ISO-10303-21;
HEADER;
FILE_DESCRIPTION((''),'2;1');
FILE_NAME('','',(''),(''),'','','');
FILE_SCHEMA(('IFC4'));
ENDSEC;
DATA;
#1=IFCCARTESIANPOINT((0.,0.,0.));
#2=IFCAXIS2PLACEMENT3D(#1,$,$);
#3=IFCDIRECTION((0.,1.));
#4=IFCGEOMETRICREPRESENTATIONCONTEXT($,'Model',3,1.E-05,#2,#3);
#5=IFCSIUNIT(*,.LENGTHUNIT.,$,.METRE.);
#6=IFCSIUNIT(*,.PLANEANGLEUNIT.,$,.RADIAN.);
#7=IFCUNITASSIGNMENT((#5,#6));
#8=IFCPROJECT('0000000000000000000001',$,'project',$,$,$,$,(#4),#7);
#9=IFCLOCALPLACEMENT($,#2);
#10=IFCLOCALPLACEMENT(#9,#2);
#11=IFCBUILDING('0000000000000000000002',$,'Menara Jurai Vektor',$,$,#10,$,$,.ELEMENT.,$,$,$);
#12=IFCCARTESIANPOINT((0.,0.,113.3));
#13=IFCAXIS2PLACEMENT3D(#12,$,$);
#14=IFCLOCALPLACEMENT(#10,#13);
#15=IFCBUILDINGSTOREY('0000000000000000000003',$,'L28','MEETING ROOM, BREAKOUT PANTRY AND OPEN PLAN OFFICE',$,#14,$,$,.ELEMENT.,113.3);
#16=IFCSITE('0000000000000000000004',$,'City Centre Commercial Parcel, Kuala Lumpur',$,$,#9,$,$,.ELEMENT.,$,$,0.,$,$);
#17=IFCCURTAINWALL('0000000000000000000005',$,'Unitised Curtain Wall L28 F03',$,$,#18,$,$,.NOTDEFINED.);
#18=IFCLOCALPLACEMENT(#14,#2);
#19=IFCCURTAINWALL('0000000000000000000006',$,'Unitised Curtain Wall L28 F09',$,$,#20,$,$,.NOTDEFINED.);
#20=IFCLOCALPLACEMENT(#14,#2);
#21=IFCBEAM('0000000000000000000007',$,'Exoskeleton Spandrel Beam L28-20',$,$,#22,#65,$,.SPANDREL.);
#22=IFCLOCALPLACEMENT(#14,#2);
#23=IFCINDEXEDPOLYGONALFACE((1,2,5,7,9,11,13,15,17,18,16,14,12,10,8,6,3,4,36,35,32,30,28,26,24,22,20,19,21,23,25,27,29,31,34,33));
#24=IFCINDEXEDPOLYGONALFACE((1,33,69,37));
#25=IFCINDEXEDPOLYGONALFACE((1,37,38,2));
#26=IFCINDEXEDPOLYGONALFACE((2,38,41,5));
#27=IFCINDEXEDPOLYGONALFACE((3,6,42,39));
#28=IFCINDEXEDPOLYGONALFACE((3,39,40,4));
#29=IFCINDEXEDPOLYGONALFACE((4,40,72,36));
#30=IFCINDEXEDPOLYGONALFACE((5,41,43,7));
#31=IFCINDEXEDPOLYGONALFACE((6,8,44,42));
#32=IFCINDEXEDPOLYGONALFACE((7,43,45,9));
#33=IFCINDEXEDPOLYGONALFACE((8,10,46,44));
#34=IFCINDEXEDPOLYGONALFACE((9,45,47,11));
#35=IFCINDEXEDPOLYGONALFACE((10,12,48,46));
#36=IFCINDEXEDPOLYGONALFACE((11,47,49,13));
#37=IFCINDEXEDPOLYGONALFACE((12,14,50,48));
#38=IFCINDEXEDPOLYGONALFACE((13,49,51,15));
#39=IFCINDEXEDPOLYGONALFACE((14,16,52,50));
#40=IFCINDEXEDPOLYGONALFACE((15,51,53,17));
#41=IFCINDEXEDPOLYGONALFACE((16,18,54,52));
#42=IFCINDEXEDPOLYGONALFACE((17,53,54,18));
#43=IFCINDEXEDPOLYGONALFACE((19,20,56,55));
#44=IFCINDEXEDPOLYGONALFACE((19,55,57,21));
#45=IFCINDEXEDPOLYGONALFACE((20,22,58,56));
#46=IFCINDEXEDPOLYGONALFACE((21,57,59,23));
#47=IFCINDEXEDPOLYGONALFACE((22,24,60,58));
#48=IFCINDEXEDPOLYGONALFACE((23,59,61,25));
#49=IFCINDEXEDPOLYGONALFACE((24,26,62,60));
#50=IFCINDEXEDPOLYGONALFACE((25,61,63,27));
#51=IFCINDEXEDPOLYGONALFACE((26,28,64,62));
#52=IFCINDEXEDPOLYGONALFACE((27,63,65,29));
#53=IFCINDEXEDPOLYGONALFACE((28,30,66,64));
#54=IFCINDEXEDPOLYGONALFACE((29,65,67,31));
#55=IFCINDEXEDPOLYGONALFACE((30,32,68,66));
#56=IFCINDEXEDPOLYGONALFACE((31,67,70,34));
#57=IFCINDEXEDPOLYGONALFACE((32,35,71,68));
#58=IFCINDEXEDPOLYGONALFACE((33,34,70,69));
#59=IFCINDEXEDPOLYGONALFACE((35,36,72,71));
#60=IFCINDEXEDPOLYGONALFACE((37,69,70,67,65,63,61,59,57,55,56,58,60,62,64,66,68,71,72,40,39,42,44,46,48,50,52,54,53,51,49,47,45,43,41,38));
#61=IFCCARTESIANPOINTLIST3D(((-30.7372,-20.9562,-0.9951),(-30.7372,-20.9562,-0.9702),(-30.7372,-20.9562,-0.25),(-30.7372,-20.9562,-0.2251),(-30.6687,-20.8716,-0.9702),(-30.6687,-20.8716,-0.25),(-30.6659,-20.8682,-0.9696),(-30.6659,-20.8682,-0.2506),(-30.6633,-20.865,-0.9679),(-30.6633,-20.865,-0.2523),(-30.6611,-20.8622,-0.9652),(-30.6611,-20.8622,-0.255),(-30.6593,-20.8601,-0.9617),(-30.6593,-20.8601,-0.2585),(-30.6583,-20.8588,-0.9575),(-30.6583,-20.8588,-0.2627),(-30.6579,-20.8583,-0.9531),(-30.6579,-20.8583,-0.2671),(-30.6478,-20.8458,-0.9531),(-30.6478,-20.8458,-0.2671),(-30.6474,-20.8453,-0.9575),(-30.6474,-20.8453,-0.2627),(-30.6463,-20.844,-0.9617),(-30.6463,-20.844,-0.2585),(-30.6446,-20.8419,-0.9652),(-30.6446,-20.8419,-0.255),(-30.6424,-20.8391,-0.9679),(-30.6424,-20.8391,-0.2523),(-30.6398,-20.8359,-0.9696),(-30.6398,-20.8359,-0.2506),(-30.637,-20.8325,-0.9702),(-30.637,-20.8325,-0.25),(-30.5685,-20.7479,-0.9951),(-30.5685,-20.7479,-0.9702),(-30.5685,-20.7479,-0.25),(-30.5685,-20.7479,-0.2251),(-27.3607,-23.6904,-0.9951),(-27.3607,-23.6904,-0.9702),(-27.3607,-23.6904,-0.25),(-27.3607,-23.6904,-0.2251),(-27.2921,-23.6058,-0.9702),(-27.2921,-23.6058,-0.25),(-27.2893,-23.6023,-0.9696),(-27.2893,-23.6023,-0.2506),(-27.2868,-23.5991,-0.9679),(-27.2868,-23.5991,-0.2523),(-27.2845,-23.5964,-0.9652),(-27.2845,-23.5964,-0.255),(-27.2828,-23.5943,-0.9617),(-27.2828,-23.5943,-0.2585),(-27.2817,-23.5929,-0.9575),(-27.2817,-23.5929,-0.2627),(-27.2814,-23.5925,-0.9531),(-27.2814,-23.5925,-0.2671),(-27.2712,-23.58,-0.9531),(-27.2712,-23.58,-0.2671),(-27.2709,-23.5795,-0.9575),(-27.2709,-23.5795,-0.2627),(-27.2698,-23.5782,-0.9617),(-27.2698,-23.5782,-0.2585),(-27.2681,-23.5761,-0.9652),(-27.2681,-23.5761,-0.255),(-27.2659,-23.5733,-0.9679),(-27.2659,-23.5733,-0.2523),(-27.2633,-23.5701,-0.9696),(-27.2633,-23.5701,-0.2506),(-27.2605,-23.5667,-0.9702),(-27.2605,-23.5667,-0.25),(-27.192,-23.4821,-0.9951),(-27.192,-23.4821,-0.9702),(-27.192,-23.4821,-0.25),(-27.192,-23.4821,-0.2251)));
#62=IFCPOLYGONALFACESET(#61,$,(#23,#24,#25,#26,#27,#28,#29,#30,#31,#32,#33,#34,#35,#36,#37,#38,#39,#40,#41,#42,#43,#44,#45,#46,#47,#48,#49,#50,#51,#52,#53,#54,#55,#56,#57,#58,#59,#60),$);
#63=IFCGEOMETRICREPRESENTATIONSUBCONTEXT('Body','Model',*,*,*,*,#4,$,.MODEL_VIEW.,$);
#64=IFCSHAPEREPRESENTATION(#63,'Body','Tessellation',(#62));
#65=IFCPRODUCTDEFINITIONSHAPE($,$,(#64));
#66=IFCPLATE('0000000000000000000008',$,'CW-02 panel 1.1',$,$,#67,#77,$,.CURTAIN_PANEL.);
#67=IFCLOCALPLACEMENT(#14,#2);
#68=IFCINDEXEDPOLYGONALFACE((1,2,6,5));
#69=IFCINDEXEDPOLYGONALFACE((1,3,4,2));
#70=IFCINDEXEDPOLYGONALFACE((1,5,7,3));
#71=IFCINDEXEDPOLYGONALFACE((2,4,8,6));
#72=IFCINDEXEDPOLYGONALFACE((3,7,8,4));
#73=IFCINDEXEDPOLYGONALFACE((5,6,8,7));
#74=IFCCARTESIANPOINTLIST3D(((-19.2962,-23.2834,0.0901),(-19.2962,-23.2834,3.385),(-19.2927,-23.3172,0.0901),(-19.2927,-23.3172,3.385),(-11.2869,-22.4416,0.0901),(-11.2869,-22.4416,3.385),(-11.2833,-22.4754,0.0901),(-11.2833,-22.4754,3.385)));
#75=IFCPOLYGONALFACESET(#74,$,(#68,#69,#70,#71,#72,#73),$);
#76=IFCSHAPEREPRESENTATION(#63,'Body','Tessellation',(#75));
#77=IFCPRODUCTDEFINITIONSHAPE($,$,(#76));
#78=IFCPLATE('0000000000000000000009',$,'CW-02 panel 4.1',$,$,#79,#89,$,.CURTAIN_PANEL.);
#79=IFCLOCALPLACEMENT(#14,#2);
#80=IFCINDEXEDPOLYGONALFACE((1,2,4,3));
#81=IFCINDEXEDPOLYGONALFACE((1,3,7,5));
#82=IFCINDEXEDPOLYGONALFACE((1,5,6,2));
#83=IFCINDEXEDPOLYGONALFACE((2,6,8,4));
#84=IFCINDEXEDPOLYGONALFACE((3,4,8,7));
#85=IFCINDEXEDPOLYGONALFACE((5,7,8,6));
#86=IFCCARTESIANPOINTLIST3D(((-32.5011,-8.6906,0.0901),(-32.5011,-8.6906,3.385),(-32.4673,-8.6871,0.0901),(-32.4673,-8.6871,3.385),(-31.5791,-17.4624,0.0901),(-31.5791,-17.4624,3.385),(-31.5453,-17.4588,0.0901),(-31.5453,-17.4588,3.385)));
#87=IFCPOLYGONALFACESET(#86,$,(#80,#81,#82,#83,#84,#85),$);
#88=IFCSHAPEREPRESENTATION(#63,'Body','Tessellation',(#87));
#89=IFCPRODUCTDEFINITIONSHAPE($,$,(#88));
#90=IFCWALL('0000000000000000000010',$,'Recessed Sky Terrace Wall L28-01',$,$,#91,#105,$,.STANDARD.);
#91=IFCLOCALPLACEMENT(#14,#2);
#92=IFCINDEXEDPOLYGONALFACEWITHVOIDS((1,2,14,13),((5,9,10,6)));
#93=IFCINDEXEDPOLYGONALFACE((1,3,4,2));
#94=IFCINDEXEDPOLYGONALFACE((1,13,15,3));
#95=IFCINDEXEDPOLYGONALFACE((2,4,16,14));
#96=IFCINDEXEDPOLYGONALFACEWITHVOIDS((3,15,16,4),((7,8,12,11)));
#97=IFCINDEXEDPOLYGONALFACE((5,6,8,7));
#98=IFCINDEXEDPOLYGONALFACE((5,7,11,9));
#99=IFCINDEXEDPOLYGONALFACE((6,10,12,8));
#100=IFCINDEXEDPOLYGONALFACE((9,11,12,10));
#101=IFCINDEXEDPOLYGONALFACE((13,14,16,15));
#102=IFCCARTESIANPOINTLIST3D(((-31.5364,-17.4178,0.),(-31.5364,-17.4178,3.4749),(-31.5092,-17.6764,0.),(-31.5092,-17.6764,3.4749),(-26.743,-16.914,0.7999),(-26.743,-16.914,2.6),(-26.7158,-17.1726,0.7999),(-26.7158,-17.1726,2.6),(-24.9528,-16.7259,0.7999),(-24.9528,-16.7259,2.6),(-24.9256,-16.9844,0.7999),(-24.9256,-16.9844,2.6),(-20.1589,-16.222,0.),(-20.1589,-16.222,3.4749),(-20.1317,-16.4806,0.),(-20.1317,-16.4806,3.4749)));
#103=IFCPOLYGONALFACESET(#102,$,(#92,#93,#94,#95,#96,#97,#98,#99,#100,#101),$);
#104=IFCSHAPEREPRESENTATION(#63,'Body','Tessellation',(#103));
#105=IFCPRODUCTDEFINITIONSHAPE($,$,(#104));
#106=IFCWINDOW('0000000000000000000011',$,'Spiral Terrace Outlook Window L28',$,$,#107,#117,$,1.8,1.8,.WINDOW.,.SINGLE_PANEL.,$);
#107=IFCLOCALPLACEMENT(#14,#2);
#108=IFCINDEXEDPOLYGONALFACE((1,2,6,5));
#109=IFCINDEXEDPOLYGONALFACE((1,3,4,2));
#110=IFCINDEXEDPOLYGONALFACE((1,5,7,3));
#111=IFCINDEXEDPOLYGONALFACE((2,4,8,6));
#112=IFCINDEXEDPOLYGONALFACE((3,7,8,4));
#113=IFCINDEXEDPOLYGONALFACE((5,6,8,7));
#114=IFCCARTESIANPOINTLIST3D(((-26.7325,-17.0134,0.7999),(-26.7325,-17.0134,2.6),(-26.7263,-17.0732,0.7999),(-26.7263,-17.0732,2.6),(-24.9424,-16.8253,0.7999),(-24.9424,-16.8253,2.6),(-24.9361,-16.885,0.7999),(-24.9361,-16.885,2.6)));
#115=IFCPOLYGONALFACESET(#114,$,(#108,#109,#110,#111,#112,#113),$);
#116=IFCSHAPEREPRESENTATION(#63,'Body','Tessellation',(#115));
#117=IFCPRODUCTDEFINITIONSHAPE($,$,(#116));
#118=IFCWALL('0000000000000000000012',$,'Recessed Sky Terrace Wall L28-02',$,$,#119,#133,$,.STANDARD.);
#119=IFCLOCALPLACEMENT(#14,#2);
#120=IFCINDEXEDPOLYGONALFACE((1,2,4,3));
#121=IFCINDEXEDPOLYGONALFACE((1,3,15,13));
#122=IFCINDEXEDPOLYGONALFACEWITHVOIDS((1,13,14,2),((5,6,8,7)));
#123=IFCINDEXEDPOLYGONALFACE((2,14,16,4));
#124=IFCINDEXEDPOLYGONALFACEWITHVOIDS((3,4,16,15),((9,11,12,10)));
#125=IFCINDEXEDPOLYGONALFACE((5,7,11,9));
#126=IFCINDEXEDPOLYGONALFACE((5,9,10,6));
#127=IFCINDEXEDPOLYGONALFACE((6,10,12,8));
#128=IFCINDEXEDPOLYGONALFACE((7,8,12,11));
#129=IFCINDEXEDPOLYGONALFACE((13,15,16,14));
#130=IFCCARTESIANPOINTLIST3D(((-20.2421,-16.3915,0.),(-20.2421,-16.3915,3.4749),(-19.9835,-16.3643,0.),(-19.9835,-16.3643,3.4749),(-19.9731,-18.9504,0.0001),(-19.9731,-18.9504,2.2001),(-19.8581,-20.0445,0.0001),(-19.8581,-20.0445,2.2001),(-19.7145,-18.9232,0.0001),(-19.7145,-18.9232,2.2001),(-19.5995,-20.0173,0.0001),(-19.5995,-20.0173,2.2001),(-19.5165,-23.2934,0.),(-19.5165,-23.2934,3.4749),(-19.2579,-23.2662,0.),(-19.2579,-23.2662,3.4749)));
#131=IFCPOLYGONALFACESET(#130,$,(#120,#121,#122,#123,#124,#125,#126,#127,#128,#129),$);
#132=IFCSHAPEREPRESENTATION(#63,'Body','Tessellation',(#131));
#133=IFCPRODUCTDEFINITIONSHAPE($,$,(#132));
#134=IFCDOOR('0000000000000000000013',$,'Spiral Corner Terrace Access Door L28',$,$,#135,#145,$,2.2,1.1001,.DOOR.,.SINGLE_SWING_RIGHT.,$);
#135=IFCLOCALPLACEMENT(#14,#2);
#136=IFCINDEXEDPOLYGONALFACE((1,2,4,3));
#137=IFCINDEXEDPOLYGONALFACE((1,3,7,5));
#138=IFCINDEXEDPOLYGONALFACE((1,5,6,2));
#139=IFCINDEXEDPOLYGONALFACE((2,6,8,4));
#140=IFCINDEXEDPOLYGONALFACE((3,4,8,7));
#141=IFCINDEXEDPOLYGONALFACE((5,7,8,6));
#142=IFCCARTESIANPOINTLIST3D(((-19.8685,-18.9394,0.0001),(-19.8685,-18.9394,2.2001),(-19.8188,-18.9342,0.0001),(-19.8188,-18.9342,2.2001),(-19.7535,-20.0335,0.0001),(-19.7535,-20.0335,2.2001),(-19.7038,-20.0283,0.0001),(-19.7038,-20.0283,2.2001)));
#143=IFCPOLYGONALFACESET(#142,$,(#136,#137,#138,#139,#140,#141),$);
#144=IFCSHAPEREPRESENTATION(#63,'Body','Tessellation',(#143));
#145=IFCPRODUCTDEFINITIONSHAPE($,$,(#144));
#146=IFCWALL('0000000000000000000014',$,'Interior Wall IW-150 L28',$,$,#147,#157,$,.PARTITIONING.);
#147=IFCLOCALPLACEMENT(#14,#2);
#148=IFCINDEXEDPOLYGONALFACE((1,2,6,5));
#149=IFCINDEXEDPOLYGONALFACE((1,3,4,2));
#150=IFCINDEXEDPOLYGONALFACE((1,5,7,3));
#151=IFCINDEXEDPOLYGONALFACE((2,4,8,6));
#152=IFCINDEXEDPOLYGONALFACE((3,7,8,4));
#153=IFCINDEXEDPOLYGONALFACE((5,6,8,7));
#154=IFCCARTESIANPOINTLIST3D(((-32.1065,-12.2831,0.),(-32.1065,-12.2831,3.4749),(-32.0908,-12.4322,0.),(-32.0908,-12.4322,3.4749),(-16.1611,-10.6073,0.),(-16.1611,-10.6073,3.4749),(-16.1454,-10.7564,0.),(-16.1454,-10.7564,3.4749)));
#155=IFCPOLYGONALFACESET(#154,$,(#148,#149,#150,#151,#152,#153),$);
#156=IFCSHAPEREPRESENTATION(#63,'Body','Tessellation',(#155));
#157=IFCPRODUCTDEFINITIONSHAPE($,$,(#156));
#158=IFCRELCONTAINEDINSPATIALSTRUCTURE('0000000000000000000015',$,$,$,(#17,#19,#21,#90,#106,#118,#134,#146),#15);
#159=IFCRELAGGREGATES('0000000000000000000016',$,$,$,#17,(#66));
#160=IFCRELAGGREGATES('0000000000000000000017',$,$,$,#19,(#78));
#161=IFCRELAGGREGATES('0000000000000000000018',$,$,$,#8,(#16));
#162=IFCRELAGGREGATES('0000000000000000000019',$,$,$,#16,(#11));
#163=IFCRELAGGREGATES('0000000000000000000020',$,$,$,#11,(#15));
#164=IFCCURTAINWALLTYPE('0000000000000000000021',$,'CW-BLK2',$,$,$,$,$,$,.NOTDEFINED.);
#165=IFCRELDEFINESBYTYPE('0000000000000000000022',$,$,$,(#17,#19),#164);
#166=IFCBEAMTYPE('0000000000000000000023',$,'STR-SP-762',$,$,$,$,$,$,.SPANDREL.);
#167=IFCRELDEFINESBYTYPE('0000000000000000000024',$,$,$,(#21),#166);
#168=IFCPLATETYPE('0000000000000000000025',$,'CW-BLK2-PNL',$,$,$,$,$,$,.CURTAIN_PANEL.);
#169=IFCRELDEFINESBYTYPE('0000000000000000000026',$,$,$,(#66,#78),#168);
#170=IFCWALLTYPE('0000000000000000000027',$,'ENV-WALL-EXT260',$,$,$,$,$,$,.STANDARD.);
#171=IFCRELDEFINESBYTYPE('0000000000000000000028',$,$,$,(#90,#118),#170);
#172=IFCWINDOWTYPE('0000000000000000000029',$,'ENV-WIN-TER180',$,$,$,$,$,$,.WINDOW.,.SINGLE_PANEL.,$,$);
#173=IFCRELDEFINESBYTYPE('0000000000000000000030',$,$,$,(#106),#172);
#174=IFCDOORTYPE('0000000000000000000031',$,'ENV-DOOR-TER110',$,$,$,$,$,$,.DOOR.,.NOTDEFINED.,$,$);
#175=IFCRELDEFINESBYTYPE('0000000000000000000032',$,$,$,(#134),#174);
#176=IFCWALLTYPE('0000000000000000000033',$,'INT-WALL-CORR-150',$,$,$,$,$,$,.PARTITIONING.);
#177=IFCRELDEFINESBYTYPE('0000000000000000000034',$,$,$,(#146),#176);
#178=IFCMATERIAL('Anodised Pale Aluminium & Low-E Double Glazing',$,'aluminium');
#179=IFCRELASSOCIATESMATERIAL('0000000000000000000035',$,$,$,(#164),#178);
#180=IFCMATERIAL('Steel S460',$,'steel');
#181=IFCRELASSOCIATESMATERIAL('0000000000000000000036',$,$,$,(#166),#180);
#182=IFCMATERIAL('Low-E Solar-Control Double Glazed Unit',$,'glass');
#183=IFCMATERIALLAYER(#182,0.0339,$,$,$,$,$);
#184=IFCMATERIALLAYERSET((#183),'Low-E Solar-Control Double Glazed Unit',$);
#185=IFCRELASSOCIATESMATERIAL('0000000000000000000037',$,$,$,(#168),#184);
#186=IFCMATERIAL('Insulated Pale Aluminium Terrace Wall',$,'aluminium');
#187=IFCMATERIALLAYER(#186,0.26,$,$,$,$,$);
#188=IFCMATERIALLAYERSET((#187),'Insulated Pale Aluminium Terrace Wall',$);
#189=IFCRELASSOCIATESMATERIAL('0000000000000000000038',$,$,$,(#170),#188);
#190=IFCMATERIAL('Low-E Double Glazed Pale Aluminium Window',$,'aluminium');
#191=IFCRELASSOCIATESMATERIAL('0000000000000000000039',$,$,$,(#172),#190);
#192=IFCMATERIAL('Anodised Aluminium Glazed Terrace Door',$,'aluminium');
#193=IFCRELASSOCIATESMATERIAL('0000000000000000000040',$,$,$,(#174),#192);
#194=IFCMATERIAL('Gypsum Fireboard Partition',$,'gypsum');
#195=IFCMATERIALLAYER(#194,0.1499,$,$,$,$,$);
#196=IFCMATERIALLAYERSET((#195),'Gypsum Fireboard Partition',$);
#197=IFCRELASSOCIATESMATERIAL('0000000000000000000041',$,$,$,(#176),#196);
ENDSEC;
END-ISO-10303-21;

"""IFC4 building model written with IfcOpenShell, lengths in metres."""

from ifc_helpers import new_model, si_unit, direction, frame, frame_2d, origin, origin_2d, place, context, subcontext, project, spatial, rectangle, i_section, extrude, material, layer, layer_set, material_profile, profile_set, type_object, element, fill, aggregate, save


model = new_model("IFC4")

# Units and contexts
model_context = context("Model", 3, precision=1e-05, world=origin(), true_north=direction((0.0, 1.0)))
body_context = subcontext(model_context, "Body", "Model", "MODEL_VIEW")
ifc_project = project(units=[si_unit("LENGTHUNIT", "METRE"), si_unit("PLANEANGLEUNIT", "RADIAN")], contexts=[model_context])

# Site, building, storey
site_placement = place(None, origin())
site = spatial("IfcSite", under=ifc_project, at=site_placement, Name="City Centre Commercial Parcel, Kuala Lumpur", CompositionType="ELEMENT", RefElevation=0.0)
building_placement = place(site_placement, origin())
building = spatial("IfcBuilding", under=site, at=building_placement, Name="Menara Jurai Vektor", CompositionType="ELEMENT")
storey_placement = place(building_placement, frame((0.0, 0.0, 113.3)))
storey = spatial("IfcBuildingStorey", under=building, at=storey_placement, Name="L28", Description="MEETING ROOM, BREAKOUT PANTRY AND OPEN PLAN OFFICE", CompositionType="ELEMENT", Elevation=113.3)

# Shared definitions
ifc_material_1 = material(Name="Steel S460", Category="steel")

# Curtain walls
ifc_material_2 = material(Name="Anodised Pale Aluminium & Low-E Double Glazing", Category="aluminium")
curtain_wall_type = type_object("IfcCurtainWallType", Name="CW-BLK2", PredefinedType="NOTDEFINED", material=ifc_material_2)
curtain_wall_1_placement = place(storey_placement, origin())
curtain_wall_1 = element("IfcCurtainWall", 1, at=curtain_wall_1_placement, inside=storey, type_object=curtain_wall_type, Name="Unitised Curtain Wall L28 F03", PredefinedType="NOTDEFINED")
curtain_wall_2_placement = place(storey_placement, origin())
curtain_wall_2 = element("IfcCurtainWall", 2, at=curtain_wall_2_placement, inside=storey, type_object=curtain_wall_type, Name="Unitised Curtain Wall L28 F09", PredefinedType="NOTDEFINED")

# Beam
ifc_material_profile_1 = material_profile(ifc_material_1, i_section(OverallWidth=0.2681, OverallDepth=0.77, WebThickness=0.0161, FlangeThickness=0.0249, FilletRadius=0.0171, at=origin_2d()), Name="UKB 762x267x197")
ifc_profile_set_1 = profile_set([ifc_material_profile_1], Name="Steel S460")
beam_type_1 = type_object("IfcBeamType", Name="STR-SP-762", PredefinedType="SPANDREL", material=ifc_profile_set_1)
beam_1_placement = place(storey_placement, frame((-30.6528, -20.8521, -0.6101), z_axis=(0.777155, -0.62931, 0.0), x_axis=(0.62931, 0.777155, 0.0)))
element("IfcBeam", 3, at=beam_1_placement, inside=storey, type_object=beam_type_1, Name="Exoskeleton Spandrel Beam L28-20", PredefinedType="SPANDREL", context=body_context, shape_type="SweptSolid", body=[
    extrude(i_section(OverallWidth=0.2681, OverallDepth=0.77, WebThickness=0.0161, FlangeThickness=0.0249, FilletRadius=0.0171, at=origin_2d()), origin(), (0.0, 0.0, 1.0), 4.3447),
])

# Plates
ifc_material_3 = material(Name="Low-E Solar-Control Double Glazed Unit", Category="glass")
ifc_layer_1 = layer(ifc_material_3, 0.0339)
ifc_layer_set_1 = layer_set([ifc_layer_1], Name="Low-E Solar-Control Double Glazed Unit")
plate_type = type_object("IfcPlateType", Name="CW-BLK2-PNL", PredefinedType="CURTAIN_PANEL", material=ifc_layer_set_1)
plate_1_placement = place(storey_placement, frame((-15.2898, -22.8794, 0.0901), z_axis=(0.0, 0.0, 1.0), x_axis=(0.994522, 0.104529, 0.0)))
plate_1 = element("IfcPlate", 4, at=plate_1_placement, type_object=plate_type, Name="CW-02 panel 1.1", PredefinedType="CURTAIN_PANEL", context=body_context, shape_type="SweptSolid", body=[
    extrude(rectangle(XDim=8.0535, YDim=0.0339, at=origin_2d()), origin(), (0.0, 0.0, 1.0), 3.2949),
])
aggregate(curtain_wall_1, [plate_1])
plate_2_placement = place(storey_placement, frame((-32.0232, -13.0747, 0.0901), z_axis=(0.0, 0.0, 1.0), x_axis=(0.104531, -0.994522, 0.0)))
plate_2 = element("IfcPlate", 5, at=plate_2_placement, type_object=plate_type, Name="CW-02 panel 4.1", PredefinedType="CURTAIN_PANEL", context=body_context, shape_type="SweptSolid", body=[
    extrude(rectangle(XDim=8.8201, YDim=0.0339, at=origin_2d()), origin(), (0.0, 0.0, 1.0), 3.2949),
])
aggregate(curtain_wall_2, [plate_2])

# Wall, opening, window
ifc_material_4 = material(Name="Insulated Pale Aluminium Terrace Wall", Category="aluminium")
ifc_layer_2 = layer(ifc_material_4, 0.26)
ifc_layer_set_2 = layer_set([ifc_layer_2], Name="Insulated Pale Aluminium Terrace Wall")
wall_type_1 = type_object("IfcWallType", Name="ENV-WALL-EXT260", PredefinedType="STANDARD", material=ifc_layer_set_2)
wall_1_placement = place(storey_placement, frame((-31.5229, -17.5471, 0.0), z_axis=(0.0, 0.0, 1.0), x_axis=(0.994522, 0.104527, 0.0)))
wall_1 = element("IfcWall", 6, at=wall_1_placement, inside=storey, type_object=wall_type_1, Name="Recessed Sky Terrace Wall L28-01", PredefinedType="STANDARD", context=body_context, shape_type="SweptSolid", body=[
    extrude(rectangle(XDim=11.4402, YDim=0.26, at=frame_2d((5.7202, 0.0))), origin(), (0.0, 0.0, 1.0), 3.4749),
])
opening_1_placement = place(wall_1_placement, frame((4.8201, 0.0, 0.8)))
opening_1 = element("IfcOpeningElement", 7, at=opening_1_placement, cuts=wall_1, PredefinedType="OPENING", context=body_context, shape_type="SweptSolid", body=[
    extrude(rectangle(XDim=1.8, YDim=1.8, at=frame_2d((0.8999, 0.8999))), frame((0.0, 0.1401, 0.0), z_axis=(0.0, -1.0, 0.0), x_axis=(1.0, 0.0, 0.0)), (0.0, 0.0, 1.0), 0.28),
])
ifc_material_5 = material(Name="Low-E Double Glazed Pale Aluminium Window", Category="aluminium")
window_type = type_object("IfcWindowType", Name="ENV-WIN-TER180", PartitioningType="SINGLE_PANEL", PredefinedType="WINDOW", material=ifc_material_5)
window_placement = place(opening_1_placement, origin())
window = element("IfcWindow", 8, at=window_placement, inside=storey, type_object=window_type, Name="Spiral Terrace Outlook Window L28", OverallHeight=1.8, OverallWidth=1.8, PartitioningType="SINGLE_PANEL", PredefinedType="WINDOW", context=body_context, shape_type="SweptSolid", body=[
    extrude(rectangle(XDim=1.8, YDim=1.8, at=frame_2d((0.8999, 0.8999))), frame((0.0, 0.03, 0.0), z_axis=(0.0, -1.0, 0.0), x_axis=(1.0, 0.0, 0.0)), (0.0, 0.0, 1.0), 0.0601),
])
fill(opening_1, window)

# Wall, opening, door
wall_2_placement = place(storey_placement, frame((-20.1128, -16.3779, 0.0), z_axis=(0.0, 0.0, 1.0), x_axis=(0.104553, -0.994519, 0.0)))
wall_2 = element("IfcWall", 9, at=wall_2_placement, inside=storey, type_object=wall_type_1, Name="Recessed Sky Terrace Wall L28-02", PredefinedType="STANDARD", context=body_context, shape_type="SweptSolid", body=[
    extrude(rectangle(XDim=6.9399, YDim=0.26, at=frame_2d((3.47, 0.0))), origin(), (0.0, 0.0, 1.0), 3.4749),
])
opening_2_placement = place(wall_2_placement, frame((2.573, 0.0, 0.0)))
opening_2 = element("IfcOpeningElement", 10, at=opening_2_placement, cuts=wall_2, PredefinedType="OPENING", context=body_context, shape_type="SweptSolid", body=[
    extrude(rectangle(XDim=1.1001, YDim=2.2, at=frame_2d((0.55, 1.1001))), frame((0.0, 0.1401, 0.0), z_axis=(0.0, -1.0, 0.0), x_axis=(1.0, 0.0, 0.0)), (0.0, 0.0, 1.0), 0.28),
])
ifc_material_6 = material(Name="Anodised Aluminium Glazed Terrace Door", Category="aluminium")
door_type_1 = type_object("IfcDoorType", Name="ENV-DOOR-TER110", OperationType="NOTDEFINED", PredefinedType="DOOR", material=ifc_material_6)
door_1_placement = place(opening_2_placement, frame((1.1001, 0.0, 0.0), z_axis=(0.0, 0.0, 1.0), x_axis=(-1.0, 0.0, 0.0)))
door_1 = element("IfcDoor", 11, at=door_1_placement, inside=storey, type_object=door_type_1, Name="Spiral Corner Terrace Access Door L28", OperationType="SINGLE_SWING_RIGHT", OverallHeight=2.2, OverallWidth=1.1001, PredefinedType="DOOR", context=body_context, shape_type="SweptSolid", body=[
    extrude(rectangle(XDim=1.1001, YDim=2.2, at=frame_2d((0.55, 1.1001))), frame((0.0, 0.0249, 0.0), z_axis=(0.0, -1.0, 0.0), x_axis=(1.0, 0.0, 0.0)), (0.0, 0.0, 1.0), 0.05),
])
fill(opening_2, door_1)
ifc_material_7 = material(Name="Gypsum Fireboard Partition", Category="gypsum")
ifc_layer_3 = layer(ifc_material_7, 0.1499)
ifc_layer_set_3 = layer_set([ifc_layer_3], Name="Gypsum Fireboard Partition")
wall_type_2 = type_object("IfcWallType", Name="INT-WALL-CORR-150", PredefinedType="PARTITIONING", material=ifc_layer_set_3)

# Wall
wall_3_placement = place(storey_placement, frame((-32.0986, -12.3577, 0.0), z_axis=(0.0, 0.0, 1.0), x_axis=(0.994523, 0.10452, 0.0)))
element("IfcWall", 12, at=wall_3_placement, inside=storey, type_object=wall_type_2, Name="Interior Wall IW-150 L28", PredefinedType="PARTITIONING", context=body_context, shape_type="SweptSolid", body=[
    extrude(rectangle(XDim=16.0332, YDim=0.1499, at=frame_2d((8.0166, 0.0))), origin(), (0.0, 0.0, 1.0), 3.4749),
])

save(model, "model.ifc")
